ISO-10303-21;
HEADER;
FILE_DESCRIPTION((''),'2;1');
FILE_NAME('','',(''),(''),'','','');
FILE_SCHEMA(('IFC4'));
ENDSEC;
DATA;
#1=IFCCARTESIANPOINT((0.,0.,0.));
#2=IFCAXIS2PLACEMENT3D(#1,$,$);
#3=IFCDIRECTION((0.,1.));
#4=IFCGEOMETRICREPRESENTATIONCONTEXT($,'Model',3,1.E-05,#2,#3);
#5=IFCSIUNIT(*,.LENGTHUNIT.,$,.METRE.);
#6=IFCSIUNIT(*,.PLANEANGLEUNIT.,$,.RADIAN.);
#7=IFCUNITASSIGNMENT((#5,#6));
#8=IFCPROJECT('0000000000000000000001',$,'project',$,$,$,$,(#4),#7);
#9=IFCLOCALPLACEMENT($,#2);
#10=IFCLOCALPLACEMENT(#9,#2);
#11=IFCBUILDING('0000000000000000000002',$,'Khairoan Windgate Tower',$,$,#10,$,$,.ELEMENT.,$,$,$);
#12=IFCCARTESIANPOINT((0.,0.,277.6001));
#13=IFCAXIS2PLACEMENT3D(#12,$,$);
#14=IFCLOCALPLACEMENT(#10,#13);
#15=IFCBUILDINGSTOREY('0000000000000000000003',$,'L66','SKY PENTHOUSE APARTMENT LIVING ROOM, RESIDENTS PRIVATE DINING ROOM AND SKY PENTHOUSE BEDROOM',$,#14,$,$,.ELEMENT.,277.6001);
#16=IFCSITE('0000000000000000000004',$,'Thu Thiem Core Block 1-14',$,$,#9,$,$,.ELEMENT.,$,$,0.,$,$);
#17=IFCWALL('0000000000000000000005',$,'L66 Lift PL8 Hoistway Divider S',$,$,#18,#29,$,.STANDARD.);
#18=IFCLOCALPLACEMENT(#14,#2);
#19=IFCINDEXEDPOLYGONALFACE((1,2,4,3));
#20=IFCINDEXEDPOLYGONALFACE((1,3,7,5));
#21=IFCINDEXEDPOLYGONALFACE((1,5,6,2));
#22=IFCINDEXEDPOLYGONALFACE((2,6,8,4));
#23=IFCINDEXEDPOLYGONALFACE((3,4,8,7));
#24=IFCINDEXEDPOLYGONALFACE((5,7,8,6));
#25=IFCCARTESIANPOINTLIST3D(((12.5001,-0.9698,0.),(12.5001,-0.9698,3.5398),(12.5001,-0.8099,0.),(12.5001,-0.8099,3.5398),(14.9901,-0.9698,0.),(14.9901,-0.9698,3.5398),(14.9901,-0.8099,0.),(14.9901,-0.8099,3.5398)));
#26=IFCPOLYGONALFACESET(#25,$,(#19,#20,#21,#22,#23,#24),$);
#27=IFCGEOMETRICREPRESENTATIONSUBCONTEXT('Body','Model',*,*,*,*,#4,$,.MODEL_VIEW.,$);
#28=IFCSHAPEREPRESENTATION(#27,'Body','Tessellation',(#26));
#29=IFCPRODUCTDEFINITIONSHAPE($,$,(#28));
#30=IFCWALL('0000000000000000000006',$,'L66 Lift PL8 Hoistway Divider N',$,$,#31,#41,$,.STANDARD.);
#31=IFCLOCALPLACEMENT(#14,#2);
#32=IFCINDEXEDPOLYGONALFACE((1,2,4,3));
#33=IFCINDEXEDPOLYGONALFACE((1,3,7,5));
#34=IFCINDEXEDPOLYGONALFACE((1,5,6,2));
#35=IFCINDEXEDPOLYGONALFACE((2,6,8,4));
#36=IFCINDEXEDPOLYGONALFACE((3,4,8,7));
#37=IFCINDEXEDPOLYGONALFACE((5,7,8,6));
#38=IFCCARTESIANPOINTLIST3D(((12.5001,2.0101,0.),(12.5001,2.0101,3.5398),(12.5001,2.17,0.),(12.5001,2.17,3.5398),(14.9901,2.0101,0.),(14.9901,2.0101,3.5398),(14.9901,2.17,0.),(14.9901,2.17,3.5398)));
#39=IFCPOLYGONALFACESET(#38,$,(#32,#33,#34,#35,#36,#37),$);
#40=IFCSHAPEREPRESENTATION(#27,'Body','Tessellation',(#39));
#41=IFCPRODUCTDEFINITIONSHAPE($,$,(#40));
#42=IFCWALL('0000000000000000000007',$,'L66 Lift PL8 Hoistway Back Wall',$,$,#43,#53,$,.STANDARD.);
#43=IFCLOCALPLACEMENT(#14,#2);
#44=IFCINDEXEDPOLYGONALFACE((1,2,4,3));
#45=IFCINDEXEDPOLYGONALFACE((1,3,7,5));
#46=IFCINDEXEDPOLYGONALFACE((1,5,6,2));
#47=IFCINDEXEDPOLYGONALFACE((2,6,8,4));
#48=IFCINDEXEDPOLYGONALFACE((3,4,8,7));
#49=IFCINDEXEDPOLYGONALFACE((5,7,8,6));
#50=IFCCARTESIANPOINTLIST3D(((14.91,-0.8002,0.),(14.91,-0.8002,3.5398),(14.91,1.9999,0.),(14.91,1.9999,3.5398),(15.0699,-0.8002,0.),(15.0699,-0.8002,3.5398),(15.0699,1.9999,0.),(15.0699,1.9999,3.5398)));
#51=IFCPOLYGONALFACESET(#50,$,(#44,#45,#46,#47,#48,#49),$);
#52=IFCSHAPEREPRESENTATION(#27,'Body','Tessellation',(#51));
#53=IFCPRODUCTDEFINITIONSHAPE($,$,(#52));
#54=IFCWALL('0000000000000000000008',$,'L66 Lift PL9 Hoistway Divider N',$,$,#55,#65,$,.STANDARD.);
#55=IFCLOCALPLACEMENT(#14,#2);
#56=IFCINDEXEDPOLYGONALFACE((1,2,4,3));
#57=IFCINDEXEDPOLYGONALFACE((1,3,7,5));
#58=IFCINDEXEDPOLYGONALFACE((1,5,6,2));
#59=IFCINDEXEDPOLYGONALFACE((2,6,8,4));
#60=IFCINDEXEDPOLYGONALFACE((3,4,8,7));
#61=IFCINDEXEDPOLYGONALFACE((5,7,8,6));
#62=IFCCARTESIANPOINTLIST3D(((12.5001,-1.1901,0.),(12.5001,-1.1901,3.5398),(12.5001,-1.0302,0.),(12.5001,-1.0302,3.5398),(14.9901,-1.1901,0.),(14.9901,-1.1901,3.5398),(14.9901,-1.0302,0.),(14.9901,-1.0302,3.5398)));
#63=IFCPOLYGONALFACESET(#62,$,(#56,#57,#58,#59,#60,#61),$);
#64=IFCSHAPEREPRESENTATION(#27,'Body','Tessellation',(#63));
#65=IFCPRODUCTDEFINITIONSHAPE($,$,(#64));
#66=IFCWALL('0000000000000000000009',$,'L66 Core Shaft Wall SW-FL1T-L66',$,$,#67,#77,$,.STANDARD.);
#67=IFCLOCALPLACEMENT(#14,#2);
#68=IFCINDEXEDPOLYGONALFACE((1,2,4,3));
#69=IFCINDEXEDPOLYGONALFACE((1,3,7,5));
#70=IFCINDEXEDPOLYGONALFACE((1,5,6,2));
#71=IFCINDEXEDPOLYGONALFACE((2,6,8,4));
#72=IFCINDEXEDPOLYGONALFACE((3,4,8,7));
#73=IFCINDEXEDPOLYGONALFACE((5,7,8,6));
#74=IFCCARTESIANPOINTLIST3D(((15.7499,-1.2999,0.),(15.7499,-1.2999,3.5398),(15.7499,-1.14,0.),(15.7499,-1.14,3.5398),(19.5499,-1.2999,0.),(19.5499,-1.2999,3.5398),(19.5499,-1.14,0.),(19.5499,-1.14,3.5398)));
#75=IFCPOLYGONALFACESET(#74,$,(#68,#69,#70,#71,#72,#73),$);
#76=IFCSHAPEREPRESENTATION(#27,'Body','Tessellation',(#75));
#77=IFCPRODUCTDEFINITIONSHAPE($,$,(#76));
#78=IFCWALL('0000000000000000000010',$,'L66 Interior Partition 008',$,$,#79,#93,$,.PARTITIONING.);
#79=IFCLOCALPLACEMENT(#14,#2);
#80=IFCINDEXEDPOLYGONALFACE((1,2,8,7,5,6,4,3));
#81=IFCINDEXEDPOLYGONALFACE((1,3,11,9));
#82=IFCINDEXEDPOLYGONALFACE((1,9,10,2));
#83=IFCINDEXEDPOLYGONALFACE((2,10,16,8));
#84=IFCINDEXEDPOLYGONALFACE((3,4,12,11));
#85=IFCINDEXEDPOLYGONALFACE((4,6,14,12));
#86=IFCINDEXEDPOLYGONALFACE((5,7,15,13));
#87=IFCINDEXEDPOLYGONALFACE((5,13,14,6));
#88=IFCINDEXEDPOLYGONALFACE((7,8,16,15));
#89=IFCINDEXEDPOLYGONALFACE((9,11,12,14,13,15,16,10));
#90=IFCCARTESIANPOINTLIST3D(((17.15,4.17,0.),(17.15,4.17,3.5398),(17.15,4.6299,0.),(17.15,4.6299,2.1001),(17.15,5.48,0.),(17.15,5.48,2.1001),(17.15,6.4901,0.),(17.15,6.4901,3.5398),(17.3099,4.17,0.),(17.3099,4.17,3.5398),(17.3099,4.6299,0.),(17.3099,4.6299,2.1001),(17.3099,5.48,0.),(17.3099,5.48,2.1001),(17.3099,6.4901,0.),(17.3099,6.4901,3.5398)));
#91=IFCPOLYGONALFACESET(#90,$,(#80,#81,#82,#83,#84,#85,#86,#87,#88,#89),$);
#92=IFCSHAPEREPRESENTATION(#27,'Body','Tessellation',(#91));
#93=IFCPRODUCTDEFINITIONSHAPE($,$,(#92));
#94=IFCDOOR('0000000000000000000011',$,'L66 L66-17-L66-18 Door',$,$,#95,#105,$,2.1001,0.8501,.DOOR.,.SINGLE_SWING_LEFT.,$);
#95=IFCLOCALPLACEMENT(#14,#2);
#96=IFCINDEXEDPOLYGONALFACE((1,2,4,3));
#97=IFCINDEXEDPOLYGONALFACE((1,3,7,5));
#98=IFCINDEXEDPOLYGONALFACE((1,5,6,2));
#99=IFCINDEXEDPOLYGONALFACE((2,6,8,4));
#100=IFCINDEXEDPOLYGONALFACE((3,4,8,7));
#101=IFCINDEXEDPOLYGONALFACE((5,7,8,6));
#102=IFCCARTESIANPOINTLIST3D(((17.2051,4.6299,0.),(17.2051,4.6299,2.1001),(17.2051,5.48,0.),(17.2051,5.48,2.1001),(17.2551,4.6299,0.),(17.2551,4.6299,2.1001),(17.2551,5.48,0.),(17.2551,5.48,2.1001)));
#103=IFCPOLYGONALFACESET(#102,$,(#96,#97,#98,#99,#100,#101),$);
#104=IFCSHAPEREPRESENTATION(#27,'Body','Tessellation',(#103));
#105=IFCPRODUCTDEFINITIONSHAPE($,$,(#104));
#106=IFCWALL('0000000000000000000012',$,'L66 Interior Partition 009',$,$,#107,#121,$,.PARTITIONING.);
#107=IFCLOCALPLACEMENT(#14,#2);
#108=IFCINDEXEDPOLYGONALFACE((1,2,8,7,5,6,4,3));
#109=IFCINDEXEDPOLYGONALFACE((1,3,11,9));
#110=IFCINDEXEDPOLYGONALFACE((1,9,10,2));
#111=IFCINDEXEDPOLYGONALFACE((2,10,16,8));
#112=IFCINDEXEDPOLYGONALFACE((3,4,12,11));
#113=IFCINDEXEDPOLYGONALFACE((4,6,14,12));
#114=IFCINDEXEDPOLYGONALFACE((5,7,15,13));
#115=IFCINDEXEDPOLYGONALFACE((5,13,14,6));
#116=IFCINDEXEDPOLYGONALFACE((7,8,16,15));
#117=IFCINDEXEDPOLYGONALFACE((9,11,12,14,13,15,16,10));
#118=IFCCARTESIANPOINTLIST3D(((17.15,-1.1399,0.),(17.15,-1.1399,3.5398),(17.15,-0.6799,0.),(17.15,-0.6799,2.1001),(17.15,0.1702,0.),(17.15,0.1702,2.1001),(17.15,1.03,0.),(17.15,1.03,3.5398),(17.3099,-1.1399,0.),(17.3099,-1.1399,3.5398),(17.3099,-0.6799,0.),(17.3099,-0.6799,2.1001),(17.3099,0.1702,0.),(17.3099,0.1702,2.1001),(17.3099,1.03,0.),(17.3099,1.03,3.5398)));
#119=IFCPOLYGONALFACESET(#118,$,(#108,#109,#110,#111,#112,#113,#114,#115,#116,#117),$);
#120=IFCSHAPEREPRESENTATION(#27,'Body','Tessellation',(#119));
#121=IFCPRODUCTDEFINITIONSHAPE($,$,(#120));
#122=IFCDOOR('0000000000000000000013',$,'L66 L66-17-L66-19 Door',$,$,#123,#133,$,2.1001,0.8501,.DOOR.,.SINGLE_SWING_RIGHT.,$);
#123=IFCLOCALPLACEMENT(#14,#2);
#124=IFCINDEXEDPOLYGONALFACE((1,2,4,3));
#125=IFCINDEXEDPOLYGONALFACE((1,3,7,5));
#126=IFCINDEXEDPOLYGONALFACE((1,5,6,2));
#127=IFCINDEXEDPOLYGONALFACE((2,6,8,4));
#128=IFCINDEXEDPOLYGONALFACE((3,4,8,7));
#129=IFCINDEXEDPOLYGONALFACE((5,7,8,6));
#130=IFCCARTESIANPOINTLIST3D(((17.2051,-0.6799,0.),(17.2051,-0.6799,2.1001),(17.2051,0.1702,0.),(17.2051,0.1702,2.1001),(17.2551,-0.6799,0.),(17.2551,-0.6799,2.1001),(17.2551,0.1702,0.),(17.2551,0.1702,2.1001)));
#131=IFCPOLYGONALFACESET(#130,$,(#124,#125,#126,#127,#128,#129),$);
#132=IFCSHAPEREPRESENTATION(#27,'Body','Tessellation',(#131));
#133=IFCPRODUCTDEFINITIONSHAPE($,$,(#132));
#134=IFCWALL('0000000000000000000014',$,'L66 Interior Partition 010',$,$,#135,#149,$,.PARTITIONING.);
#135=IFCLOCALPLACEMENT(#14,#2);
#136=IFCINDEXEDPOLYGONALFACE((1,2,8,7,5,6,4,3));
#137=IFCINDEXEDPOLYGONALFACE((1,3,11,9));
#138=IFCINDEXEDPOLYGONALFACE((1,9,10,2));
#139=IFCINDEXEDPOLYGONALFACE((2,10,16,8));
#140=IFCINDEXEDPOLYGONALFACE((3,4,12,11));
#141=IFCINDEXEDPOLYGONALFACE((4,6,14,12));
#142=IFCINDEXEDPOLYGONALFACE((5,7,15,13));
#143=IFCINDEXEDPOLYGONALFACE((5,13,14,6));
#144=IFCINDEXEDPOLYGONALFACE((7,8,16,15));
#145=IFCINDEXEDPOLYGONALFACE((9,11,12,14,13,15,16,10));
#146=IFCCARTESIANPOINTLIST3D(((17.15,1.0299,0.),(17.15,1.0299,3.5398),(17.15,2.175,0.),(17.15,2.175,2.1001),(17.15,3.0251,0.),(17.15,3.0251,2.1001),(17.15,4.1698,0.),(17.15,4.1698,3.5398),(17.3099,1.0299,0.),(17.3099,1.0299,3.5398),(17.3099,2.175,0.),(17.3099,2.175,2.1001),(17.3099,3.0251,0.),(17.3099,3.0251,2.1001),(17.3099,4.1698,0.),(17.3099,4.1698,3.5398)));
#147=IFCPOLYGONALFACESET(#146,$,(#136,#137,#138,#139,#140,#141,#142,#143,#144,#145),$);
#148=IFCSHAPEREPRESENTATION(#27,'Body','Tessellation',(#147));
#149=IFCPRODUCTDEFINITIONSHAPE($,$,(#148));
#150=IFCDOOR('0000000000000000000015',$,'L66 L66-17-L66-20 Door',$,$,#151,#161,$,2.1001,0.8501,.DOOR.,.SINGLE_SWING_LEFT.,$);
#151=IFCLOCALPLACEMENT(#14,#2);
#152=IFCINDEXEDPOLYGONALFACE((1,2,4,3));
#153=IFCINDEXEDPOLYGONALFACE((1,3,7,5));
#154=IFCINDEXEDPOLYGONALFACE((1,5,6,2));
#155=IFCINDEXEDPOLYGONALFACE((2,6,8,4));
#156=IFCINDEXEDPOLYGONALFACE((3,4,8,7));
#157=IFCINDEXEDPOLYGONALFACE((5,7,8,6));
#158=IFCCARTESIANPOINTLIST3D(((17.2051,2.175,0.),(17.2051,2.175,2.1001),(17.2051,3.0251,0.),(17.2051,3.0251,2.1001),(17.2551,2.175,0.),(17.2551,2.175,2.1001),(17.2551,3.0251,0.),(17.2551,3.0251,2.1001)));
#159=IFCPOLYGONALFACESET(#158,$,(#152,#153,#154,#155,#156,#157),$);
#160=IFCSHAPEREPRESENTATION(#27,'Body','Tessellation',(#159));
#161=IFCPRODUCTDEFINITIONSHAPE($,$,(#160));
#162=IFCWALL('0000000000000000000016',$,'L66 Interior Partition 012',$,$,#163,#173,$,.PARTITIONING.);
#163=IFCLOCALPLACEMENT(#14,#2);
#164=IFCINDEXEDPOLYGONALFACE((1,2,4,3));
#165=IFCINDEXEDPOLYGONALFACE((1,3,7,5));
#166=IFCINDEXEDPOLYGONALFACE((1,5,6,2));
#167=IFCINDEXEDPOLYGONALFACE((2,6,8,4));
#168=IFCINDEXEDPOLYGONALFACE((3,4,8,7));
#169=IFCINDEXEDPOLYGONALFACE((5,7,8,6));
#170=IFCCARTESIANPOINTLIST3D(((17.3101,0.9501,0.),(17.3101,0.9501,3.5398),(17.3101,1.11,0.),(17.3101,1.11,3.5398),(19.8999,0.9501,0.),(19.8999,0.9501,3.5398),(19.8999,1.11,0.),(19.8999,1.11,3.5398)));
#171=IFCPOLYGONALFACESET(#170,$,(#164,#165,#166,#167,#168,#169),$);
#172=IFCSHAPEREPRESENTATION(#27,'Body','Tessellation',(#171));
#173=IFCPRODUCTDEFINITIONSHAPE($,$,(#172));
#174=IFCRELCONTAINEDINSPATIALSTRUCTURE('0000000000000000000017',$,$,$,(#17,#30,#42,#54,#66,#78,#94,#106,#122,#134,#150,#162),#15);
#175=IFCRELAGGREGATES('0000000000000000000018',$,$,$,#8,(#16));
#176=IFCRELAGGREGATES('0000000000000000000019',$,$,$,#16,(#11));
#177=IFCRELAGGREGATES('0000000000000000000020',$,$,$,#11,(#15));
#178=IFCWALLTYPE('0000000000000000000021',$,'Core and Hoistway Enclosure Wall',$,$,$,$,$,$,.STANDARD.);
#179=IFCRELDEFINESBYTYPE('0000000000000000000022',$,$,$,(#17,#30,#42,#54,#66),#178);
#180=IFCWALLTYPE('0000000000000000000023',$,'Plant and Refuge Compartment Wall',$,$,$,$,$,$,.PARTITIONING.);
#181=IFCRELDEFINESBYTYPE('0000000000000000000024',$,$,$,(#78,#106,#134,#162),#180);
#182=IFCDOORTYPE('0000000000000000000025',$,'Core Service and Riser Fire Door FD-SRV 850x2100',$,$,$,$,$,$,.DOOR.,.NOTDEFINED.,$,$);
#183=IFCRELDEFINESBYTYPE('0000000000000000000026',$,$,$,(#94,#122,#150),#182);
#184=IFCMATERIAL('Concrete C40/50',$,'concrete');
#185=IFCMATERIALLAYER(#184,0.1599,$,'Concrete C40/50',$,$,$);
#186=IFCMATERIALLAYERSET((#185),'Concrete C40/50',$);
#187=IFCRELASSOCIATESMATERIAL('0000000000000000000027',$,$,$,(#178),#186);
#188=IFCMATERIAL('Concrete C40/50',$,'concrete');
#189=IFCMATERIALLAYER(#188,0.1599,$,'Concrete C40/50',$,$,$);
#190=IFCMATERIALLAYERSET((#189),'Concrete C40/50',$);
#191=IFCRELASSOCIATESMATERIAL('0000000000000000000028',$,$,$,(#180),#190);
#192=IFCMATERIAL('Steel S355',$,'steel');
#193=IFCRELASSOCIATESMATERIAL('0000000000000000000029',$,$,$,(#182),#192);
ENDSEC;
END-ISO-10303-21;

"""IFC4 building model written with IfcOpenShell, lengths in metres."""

from ifc_helpers import new_model, si_unit, direction, frame, frame_2d, origin, place, context, subcontext, project, spatial, rectangle, extrude, material, layer, layer_set, type_object, element, fill, save


model = new_model("IFC4")

# Units and contexts
model_context = context("Model", 3, precision=1e-05, world=origin(), true_north=direction((0.0, 1.0)))
body_context = subcontext(model_context, "Body", "Model", "MODEL_VIEW")
ifc_project = project(units=[si_unit("LENGTHUNIT", "METRE"), si_unit("PLANEANGLEUNIT", "RADIAN")], contexts=[model_context])

# Site, building, storey
site_placement = place(None, origin())
site = spatial("IfcSite", under=ifc_project, at=site_placement, Name="Thu Thiem Core Block 1-14", CompositionType="ELEMENT", RefElevation=0.0)
building_placement = place(site_placement, origin())
building = spatial("IfcBuilding", under=site, at=building_placement, Name="Khairoan Windgate Tower", CompositionType="ELEMENT")
storey_placement = place(building_placement, frame((0.0, 0.0, 277.6001)))
storey = spatial("IfcBuildingStorey", under=building, at=storey_placement, Name="L66", Description="SKY PENTHOUSE APARTMENT LIVING ROOM, RESIDENTS PRIVATE DINING ROOM AND SKY PENTHOUSE BEDROOM", CompositionType="ELEMENT", Elevation=277.6001)

# Walls
ifc_material_1 = material(Name="Concrete C40/50", Category="concrete")
ifc_layer_1 = layer(ifc_material_1, 0.1599, Name="Concrete C40/50")
ifc_layer_set_1 = layer_set([ifc_layer_1], Name="Concrete C40/50")
wall_type_1 = type_object("IfcWallType", Name="Core and Hoistway Enclosure Wall", PredefinedType="STANDARD", material=ifc_layer_set_1)
for number, where, z_axis, x_axis, name in (
    (1, (12.5, -0.8899, 0.0), (0.0, 0.0, 1.0), (1.0, 0.0, 0.0), "L66 Lift PL8 Hoistway Divider S"),
    (2, (12.5, 2.0901, 0.0), (0.0, 0.0, 1.0), (1.0, 0.0, 0.0), "L66 Lift PL8 Hoistway Divider N"),
):
    element("IfcWall", number, at=place(storey_placement, frame(where, z_axis=z_axis, x_axis=x_axis)), inside=storey, type_object=wall_type_1, Name=name, PredefinedType="STANDARD", context=body_context, shape_type="SweptSolid", body=[
        extrude(rectangle(XDim=2.49, YDim=0.1599, at=frame_2d((1.2451, 0.0))), origin(), (0.0, 0.0, 1.0), 3.5398),
    ])
wall_1_placement = place(storey_placement, frame((14.99, -0.8, 0.0), z_axis=(0.0, 0.0, 1.0), x_axis=(0.0, 1.0, 0.0)))
element("IfcWall", 3, at=wall_1_placement, inside=storey, type_object=wall_type_1, Name="L66 Lift PL8 Hoistway Back Wall", PredefinedType="STANDARD", context=body_context, shape_type="SweptSolid", body=[
    extrude(rectangle(XDim=2.8, YDim=0.1599, at=frame_2d((1.3999, 0.0))), origin(), (0.0, 0.0, 1.0), 3.5398),
])
wall_2_placement = place(storey_placement, frame((12.5, -1.1101, 0.0), z_axis=(0.0, 0.0, 1.0), x_axis=(1.0, 0.0, 0.0)))
element("IfcWall", 4, at=wall_2_placement, inside=storey, type_object=wall_type_1, Name="L66 Lift PL9 Hoistway Divider N", PredefinedType="STANDARD", context=body_context, shape_type="SweptSolid", body=[
    extrude(rectangle(XDim=2.49, YDim=0.1599, at=frame_2d((1.2451, 0.0))), origin(), (0.0, 0.0, 1.0), 3.5398),
])
wall_3_placement = place(storey_placement, frame((15.75, -1.22, 0.0), z_axis=(0.0, 0.0, 1.0), x_axis=(1.0, 0.0, 0.0)))
element("IfcWall", 5, at=wall_3_placement, inside=storey, type_object=wall_type_1, Name="L66 Core Shaft Wall SW-FL1T-L66", PredefinedType="STANDARD", context=body_context, shape_type="SweptSolid", body=[
    extrude(rectangle(XDim=3.8, YDim=0.1599, at=frame_2d((1.8999, 0.0))), origin(), (0.0, 0.0, 1.0), 3.5398),
])

# Walls, openings, doors
ifc_material_2 = material(Name="Concrete C40/50", Category="concrete")
ifc_layer_2 = layer(ifc_material_2, 0.1599, Name="Concrete C40/50")
ifc_layer_set_2 = layer_set([ifc_layer_2], Name="Concrete C40/50")
wall_type_2 = type_object("IfcWallType", Name="Plant and Refuge Compartment Wall", PredefinedType="PARTITIONING", material=ifc_layer_set_2)
wall_4_placement = place(storey_placement, frame((17.23, 4.1699, 0.0), z_axis=(0.0, 0.0, 1.0), x_axis=(0.0, 1.0, 0.0)))
wall_4 = element("IfcWall", 6, at=wall_4_placement, inside=storey, type_object=wall_type_2, Name="L66 Interior Partition 008", PredefinedType="PARTITIONING", context=body_context, shape_type="SweptSolid", body=[
    extrude(rectangle(XDim=2.3201, YDim=0.1599, at=frame_2d((1.1602, 0.0))), origin(), (0.0, 0.0, 1.0), 3.5398),
])
opening_1_placement = place(wall_4_placement, frame((0.46, 0.0, 0.0)))
opening_1 = element("IfcOpeningElement", 7, at=opening_1_placement, cuts=wall_4, PredefinedType="OPENING", context=body_context, shape_type="SweptSolid", body=[
    extrude(rectangle(XDim=0.8501, YDim=2.1001, at=frame_2d((0.425, 1.05))), frame((0.0, 0.0898, 0.0), z_axis=(0.0, -1.0, 0.0), x_axis=(1.0, 0.0, 0.0)), (0.0, 0.0, 1.0), 0.1799),
])
ifc_material_3 = material(Name="Steel S355", Category="steel")
door_type_1 = type_object("IfcDoorType", Name="Core Service and Riser Fire Door FD-SRV 850x2100", OperationType="NOTDEFINED", PredefinedType="DOOR", material=ifc_material_3)
door_1_placement = place(opening_1_placement, origin())
door_1 = element("IfcDoor", 8, at=door_1_placement, inside=storey, type_object=door_type_1, Name="L66 L66-17-L66-18 Door", OperationType="SINGLE_SWING_LEFT", OverallHeight=2.1001, OverallWidth=0.8501, PredefinedType="DOOR", context=body_context, shape_type="SweptSolid", body=[
    extrude(rectangle(XDim=0.8501, YDim=2.1001, at=frame_2d((0.425, 1.05))), frame((0.0, 0.0249, 0.0), z_axis=(0.0, -1.0, 0.0), x_axis=(1.0, 0.0, 0.0)), (0.0, 0.0, 1.0), 0.05),
])
fill(opening_1, door_1)
wall_5_placement = place(storey_placement, frame((17.23, -1.1399, 0.0), z_axis=(0.0, 0.0, 1.0), x_axis=(0.0, 1.0, 0.0)))
wall_5 = element("IfcWall", 9, at=wall_5_placement, inside=storey, type_object=wall_type_2, Name="L66 Interior Partition 009", PredefinedType="PARTITIONING", context=body_context, shape_type="SweptSolid", body=[
    extrude(rectangle(XDim=2.1699, YDim=0.1599, at=frame_2d((1.085, 0.0))), origin(), (0.0, 0.0, 1.0), 3.5398),
])
opening_2_placement = place(wall_5_placement, frame((0.46, 0.0, 0.0)))
opening_2 = element("IfcOpeningElement", 10, at=opening_2_placement, cuts=wall_5, PredefinedType="OPENING", context=body_context, shape_type="SweptSolid", body=[
    extrude(rectangle(XDim=0.8501, YDim=2.1001, at=frame_2d((0.425, 1.05))), frame((0.0, 0.0898, 0.0), z_axis=(0.0, -1.0, 0.0), x_axis=(1.0, 0.0, 0.0)), (0.0, 0.0, 1.0), 0.1799),
])
door_2_placement = place(opening_2_placement, origin())
door_2 = element("IfcDoor", 11, at=door_2_placement, inside=storey, type_object=door_type_1, Name="L66 L66-17-L66-19 Door", OperationType="SINGLE_SWING_RIGHT", OverallHeight=2.1001, OverallWidth=0.8501, PredefinedType="DOOR", context=body_context, shape_type="SweptSolid", body=[
    extrude(rectangle(XDim=0.8501, YDim=2.1001, at=frame_2d((0.425, 1.05))), frame((0.0, 0.0249, 0.0), z_axis=(0.0, -1.0, 0.0), x_axis=(1.0, 0.0, 0.0)), (0.0, 0.0, 1.0), 0.05),
])
fill(opening_2, door_2)
wall_6_placement = place(storey_placement, frame((17.23, 1.03, 0.0), z_axis=(0.0, 0.0, 1.0), x_axis=(0.0, 1.0, 0.0)))
wall_6 = element("IfcWall", 12, at=wall_6_placement, inside=storey, type_object=wall_type_2, Name="L66 Interior Partition 010", PredefinedType="PARTITIONING", context=body_context, shape_type="SweptSolid", body=[
    extrude(rectangle(XDim=3.1399, YDim=0.1599, at=frame_2d((1.5698, 0.0))), origin(), (0.0, 0.0, 1.0), 3.5398),
])
opening_3_placement = place(wall_6_placement, frame((1.145, 0.0, 0.0)))
opening_3 = element("IfcOpeningElement", 13, at=opening_3_placement, cuts=wall_6, PredefinedType="OPENING", context=body_context, shape_type="SweptSolid", body=[
    extrude(rectangle(XDim=0.8501, YDim=2.1001, at=frame_2d((0.425, 1.05))), frame((0.0, 0.0898, 0.0), z_axis=(0.0, -1.0, 0.0), x_axis=(1.0, 0.0, 0.0)), (0.0, 0.0, 1.0), 0.1799),
])
door_3_placement = place(opening_3_placement, origin())
door_3 = element("IfcDoor", 14, at=door_3_placement, inside=storey, type_object=door_type_1, Name="L66 L66-17-L66-20 Door", OperationType="SINGLE_SWING_LEFT", OverallHeight=2.1001, OverallWidth=0.8501, PredefinedType="DOOR", context=body_context, shape_type="SweptSolid", body=[
    extrude(rectangle(XDim=0.8501, YDim=2.1001, at=frame_2d((0.425, 1.05))), frame((0.0, 0.0249, 0.0), z_axis=(0.0, -1.0, 0.0), x_axis=(1.0, 0.0, 0.0)), (0.0, 0.0, 1.0), 0.05),
])
fill(opening_3, door_3)

# Wall
wall_7_placement = place(storey_placement, frame((17.3101, 1.03, 0.0), z_axis=(0.0, 0.0, 1.0), x_axis=(1.0, 0.0, 0.0)))
element("IfcWall", 15, at=wall_7_placement, inside=storey, type_object=wall_type_2, Name="L66 Interior Partition 012", PredefinedType="PARTITIONING", context=body_context, shape_type="SweptSolid", body=[
    extrude(rectangle(XDim=2.5898, YDim=0.1599, at=frame_2d((1.2949, 0.0))), origin(), (0.0, 0.0, 1.0), 3.5398),
])

save(model, "model.ifc")
